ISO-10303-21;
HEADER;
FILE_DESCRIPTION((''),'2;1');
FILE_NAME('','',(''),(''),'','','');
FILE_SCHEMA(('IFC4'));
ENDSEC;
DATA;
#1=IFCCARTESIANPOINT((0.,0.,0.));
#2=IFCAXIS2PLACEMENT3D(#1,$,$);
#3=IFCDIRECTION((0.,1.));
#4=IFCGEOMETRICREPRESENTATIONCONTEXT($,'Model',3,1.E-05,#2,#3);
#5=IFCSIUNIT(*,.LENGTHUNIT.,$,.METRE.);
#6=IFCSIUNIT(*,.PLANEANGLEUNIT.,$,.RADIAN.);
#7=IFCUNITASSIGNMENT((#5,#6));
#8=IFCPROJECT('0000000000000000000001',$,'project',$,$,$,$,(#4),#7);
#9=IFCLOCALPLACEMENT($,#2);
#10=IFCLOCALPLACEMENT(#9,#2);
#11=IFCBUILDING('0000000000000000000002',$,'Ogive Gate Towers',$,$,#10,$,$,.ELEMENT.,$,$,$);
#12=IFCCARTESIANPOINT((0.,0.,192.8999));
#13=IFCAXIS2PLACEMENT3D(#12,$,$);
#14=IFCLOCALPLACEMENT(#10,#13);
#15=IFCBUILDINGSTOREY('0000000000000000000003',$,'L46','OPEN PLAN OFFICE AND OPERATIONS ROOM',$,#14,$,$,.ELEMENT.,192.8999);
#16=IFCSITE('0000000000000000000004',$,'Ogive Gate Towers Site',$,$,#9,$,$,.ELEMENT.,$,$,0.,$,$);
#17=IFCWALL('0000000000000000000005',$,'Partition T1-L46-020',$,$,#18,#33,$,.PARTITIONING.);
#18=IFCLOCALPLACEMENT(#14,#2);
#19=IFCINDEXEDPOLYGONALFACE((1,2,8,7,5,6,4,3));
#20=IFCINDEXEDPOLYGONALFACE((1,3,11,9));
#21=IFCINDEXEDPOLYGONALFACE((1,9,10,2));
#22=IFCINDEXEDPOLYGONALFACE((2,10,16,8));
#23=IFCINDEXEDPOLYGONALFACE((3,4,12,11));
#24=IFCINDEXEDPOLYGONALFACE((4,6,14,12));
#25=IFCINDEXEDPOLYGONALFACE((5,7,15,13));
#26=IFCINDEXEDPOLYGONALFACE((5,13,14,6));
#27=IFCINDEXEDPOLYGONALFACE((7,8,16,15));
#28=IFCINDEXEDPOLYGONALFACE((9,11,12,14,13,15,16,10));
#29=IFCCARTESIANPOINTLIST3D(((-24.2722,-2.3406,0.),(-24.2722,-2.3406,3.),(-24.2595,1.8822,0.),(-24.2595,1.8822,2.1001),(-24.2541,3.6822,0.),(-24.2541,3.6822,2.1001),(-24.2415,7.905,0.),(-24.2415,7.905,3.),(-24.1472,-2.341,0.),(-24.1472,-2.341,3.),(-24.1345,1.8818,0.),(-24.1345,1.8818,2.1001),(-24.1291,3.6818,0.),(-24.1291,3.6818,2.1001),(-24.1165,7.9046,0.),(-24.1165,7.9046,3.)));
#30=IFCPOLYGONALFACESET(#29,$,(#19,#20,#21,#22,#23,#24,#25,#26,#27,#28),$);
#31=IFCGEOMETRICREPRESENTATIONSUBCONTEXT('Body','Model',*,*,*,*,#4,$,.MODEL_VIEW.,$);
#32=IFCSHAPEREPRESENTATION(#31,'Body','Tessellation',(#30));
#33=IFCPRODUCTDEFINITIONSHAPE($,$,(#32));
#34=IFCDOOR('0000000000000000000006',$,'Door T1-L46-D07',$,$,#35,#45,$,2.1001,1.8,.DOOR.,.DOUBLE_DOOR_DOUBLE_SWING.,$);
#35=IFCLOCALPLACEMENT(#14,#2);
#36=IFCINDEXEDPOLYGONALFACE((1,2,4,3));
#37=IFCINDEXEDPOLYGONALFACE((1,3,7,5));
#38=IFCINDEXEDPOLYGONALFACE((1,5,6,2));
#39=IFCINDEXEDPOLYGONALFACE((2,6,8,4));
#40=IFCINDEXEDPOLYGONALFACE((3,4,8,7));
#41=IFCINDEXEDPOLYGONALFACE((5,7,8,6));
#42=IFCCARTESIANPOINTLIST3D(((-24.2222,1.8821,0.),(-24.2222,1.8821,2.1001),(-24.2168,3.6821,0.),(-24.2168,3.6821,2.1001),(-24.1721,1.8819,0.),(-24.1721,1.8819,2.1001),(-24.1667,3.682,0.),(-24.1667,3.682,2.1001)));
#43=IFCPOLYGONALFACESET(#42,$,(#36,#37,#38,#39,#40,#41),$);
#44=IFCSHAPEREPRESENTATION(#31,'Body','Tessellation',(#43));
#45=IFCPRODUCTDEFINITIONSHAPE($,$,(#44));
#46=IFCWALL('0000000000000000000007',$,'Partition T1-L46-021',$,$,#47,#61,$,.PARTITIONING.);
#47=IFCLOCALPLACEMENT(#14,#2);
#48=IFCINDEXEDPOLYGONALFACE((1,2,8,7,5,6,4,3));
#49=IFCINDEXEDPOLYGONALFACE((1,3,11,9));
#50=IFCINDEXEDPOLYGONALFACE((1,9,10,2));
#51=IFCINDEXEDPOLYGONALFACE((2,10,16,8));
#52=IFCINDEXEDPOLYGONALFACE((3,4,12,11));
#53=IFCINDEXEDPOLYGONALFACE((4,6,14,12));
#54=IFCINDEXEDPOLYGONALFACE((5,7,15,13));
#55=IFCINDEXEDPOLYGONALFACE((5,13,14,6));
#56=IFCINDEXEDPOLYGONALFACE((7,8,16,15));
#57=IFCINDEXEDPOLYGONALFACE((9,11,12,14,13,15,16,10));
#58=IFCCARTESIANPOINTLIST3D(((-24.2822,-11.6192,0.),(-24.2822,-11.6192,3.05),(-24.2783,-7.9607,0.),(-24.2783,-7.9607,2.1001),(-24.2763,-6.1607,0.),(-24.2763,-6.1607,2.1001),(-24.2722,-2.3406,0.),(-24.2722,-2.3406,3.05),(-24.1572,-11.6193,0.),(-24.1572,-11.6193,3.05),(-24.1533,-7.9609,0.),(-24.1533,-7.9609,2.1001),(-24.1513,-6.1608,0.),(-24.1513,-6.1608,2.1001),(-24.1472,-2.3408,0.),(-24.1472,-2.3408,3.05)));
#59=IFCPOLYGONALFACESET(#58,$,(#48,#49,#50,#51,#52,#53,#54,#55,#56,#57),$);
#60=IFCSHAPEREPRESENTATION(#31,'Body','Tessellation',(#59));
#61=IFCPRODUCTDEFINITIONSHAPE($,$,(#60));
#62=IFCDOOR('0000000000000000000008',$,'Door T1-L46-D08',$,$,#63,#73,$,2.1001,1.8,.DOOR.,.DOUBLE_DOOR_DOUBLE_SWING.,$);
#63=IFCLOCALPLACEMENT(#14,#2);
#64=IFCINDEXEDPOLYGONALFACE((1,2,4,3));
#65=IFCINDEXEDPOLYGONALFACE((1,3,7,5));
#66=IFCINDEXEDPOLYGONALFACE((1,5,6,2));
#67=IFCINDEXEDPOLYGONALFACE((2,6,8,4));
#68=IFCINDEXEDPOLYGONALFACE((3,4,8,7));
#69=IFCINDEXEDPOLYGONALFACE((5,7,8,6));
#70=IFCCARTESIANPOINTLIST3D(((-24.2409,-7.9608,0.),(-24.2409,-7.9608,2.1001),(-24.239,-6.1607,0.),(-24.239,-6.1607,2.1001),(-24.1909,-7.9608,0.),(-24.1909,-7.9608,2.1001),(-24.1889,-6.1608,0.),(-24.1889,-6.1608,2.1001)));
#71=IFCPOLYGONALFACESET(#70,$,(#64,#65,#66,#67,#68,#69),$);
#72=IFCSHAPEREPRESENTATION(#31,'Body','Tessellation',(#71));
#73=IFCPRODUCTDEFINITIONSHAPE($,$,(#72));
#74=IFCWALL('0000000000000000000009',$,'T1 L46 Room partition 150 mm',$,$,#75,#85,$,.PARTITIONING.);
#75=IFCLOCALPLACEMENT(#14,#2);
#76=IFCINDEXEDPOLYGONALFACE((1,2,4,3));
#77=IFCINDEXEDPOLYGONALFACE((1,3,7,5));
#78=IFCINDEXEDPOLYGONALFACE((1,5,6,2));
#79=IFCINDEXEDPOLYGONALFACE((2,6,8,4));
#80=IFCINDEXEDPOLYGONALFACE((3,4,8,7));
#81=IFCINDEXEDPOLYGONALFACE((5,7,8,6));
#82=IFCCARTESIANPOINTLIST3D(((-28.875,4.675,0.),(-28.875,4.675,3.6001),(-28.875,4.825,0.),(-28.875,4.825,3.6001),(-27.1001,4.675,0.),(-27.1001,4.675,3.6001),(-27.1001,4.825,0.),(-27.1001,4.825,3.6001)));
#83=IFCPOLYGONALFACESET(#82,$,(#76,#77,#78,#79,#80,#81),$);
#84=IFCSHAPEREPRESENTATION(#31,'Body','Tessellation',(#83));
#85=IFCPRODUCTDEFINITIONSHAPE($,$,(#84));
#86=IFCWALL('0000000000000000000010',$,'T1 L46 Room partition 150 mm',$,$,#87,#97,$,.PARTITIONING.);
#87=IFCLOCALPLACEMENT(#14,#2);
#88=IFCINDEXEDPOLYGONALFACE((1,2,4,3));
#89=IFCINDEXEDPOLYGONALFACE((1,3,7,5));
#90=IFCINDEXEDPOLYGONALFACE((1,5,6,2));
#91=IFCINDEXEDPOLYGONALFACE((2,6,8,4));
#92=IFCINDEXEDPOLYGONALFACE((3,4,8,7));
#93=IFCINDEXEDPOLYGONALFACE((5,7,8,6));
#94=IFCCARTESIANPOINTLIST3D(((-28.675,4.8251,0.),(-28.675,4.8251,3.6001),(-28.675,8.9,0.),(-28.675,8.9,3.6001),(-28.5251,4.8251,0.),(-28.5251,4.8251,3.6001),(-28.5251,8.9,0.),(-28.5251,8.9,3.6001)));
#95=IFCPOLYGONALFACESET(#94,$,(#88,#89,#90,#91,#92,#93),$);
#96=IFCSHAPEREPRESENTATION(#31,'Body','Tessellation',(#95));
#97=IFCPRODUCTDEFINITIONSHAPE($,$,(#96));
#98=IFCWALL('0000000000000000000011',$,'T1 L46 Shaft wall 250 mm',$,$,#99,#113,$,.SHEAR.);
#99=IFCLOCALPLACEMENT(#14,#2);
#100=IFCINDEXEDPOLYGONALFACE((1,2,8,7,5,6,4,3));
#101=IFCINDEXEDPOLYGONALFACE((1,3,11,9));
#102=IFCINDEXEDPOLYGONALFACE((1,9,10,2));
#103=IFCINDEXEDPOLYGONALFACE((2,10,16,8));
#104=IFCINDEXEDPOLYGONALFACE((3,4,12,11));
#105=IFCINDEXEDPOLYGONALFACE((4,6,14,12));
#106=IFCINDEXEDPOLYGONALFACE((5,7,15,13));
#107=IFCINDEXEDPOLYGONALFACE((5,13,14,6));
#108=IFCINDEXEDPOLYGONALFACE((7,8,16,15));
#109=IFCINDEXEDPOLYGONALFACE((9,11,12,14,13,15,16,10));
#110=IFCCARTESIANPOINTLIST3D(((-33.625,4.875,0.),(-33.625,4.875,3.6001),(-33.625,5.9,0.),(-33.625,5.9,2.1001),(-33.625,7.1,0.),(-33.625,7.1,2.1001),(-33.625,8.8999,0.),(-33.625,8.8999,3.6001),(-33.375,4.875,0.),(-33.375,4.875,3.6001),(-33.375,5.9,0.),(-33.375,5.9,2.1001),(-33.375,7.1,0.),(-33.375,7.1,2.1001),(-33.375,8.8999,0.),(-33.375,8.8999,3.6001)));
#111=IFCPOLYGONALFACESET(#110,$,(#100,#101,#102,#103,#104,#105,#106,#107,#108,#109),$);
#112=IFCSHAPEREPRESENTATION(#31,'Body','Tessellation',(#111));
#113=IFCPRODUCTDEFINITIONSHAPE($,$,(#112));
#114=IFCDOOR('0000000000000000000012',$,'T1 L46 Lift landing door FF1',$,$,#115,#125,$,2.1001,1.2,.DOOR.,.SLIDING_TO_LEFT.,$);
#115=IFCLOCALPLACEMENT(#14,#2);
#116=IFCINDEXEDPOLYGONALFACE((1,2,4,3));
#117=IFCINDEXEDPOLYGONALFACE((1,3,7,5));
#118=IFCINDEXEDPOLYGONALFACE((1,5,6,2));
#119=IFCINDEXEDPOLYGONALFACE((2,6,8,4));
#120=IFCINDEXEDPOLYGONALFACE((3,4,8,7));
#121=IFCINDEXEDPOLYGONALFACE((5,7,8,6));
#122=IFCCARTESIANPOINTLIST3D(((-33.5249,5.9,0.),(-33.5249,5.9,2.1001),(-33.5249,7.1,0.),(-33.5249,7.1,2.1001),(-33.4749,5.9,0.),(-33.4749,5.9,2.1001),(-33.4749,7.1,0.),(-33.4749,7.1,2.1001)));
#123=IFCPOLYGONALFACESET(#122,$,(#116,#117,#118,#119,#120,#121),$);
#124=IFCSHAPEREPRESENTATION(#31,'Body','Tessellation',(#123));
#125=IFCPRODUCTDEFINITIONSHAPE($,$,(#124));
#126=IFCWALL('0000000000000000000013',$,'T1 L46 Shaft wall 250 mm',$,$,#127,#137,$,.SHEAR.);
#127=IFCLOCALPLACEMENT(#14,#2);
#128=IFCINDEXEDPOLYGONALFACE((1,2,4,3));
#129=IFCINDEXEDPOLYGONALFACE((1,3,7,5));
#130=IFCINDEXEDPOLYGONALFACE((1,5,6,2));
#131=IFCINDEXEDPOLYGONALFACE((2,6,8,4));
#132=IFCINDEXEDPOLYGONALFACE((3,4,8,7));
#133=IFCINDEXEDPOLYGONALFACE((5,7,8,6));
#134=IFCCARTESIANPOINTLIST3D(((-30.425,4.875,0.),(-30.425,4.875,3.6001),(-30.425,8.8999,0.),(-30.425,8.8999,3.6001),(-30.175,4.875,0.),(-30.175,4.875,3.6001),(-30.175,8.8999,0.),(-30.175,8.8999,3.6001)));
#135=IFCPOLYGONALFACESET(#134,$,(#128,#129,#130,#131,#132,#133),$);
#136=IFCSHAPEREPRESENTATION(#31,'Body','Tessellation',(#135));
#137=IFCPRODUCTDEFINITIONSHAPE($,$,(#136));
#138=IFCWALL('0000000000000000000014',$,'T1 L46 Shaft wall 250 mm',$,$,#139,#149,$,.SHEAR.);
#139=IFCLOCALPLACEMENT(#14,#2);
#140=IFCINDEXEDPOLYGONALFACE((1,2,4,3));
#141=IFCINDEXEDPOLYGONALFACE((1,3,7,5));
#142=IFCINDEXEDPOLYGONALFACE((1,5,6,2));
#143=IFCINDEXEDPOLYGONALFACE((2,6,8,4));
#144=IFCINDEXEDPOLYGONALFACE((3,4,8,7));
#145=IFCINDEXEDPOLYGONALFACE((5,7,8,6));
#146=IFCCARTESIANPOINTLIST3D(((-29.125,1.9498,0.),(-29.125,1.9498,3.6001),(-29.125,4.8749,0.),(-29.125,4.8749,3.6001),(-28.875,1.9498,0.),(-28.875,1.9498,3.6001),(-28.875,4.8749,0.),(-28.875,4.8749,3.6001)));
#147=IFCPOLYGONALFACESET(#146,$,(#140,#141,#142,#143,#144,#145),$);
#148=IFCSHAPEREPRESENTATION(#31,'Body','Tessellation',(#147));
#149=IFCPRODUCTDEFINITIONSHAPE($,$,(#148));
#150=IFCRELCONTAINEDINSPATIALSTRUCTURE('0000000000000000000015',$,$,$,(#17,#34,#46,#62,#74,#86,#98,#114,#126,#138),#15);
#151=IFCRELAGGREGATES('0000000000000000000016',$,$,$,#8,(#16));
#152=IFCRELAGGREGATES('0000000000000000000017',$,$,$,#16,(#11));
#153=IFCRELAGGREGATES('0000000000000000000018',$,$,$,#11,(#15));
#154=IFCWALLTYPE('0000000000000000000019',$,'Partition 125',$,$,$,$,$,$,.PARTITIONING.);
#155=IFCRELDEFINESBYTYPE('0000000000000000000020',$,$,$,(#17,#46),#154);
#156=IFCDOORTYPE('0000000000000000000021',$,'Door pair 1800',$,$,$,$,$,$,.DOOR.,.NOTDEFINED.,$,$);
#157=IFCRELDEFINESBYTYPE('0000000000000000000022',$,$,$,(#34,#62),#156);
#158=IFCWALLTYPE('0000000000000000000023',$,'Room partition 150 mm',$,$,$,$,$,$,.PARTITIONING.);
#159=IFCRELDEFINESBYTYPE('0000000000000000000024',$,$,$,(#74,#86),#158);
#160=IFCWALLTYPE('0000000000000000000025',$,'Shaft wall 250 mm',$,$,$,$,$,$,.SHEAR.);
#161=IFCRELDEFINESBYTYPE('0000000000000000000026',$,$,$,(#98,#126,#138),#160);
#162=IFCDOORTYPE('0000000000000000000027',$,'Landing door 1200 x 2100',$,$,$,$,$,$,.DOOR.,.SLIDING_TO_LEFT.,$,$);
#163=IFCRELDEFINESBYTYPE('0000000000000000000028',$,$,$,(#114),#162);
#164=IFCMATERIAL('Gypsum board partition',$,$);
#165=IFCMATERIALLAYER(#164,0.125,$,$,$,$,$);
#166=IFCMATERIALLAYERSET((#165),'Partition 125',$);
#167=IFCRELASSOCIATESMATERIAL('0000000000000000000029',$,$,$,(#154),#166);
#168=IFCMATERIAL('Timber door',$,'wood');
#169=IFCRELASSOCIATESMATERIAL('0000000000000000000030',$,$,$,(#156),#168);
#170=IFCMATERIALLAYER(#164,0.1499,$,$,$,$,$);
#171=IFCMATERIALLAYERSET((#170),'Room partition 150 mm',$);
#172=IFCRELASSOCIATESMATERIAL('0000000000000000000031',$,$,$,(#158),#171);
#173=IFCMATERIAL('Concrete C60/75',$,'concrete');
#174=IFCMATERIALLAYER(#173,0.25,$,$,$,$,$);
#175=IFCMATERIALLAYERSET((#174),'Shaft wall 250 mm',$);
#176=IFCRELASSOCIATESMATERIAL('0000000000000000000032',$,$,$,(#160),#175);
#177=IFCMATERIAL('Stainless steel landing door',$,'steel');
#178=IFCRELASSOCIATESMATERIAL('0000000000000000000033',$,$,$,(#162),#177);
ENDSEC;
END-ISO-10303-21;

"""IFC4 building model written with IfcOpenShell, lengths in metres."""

from ifc_helpers import new_model, si_unit, direction, frame, frame_2d, origin, place, context, subcontext, project, spatial, rectangle, extrude, material, layer, layer_set, type_object, element, fill, save


model = new_model("IFC4")

# Units and contexts
model_context = context("Model", 3, precision=1e-05, world=origin(), true_north=direction((0.0, 1.0)))
body_context = subcontext(model_context, "Body", "Model", "MODEL_VIEW")
ifc_project = project(units=[si_unit("LENGTHUNIT", "METRE"), si_unit("PLANEANGLEUNIT", "RADIAN")], contexts=[model_context])

# Site, building, storey
site_placement = place(None, origin())
site = spatial("IfcSite", under=ifc_project, at=site_placement, Name="Ogive Gate Towers Site", CompositionType="ELEMENT", RefElevation=0.0)
building_placement = place(site_placement, origin())
building = spatial("IfcBuilding", under=site, at=building_placement, Name="Ogive Gate Towers", CompositionType="ELEMENT")
storey_placement = place(building_placement, frame((0.0, 0.0, 192.8999)))
storey = spatial("IfcBuildingStorey", under=building, at=storey_placement, Name="L46", Description="OPEN PLAN OFFICE AND OPERATIONS ROOM", CompositionType="ELEMENT", Elevation=192.8999)

# Shared definitions
ifc_material_1 = material(Name="Gypsum board partition")
ifc_layer_1 = layer(ifc_material_1, 0.125)
ifc_layer_set_1 = layer_set([ifc_layer_1], Name="Partition 125")
wall_type_1 = type_object("IfcWallType", Name="Partition 125", PredefinedType="PARTITIONING", material=ifc_layer_set_1)

# Shared definitions
ifc_material_2 = material(Name="Timber door", Category="wood")
door_type_1 = type_object("IfcDoorType", Name="Door pair 1800", OperationType="NOTDEFINED", PredefinedType="DOOR", material=ifc_material_2)

# Walls, openings, doors
wall_1_placement = place(storey_placement, frame((-24.179, 7.9048, 0.0), z_axis=(0.0, 0.0, 1.0), x_axis=(-0.003002, -0.999995, 0.0)))
wall_1 = element("IfcWall", 1, at=wall_1_placement, inside=storey, type_object=wall_type_1, Name="Partition T1-L46-020", PredefinedType="PARTITIONING", context=body_context, shape_type="SweptSolid", body=[
    extrude(rectangle(XDim=10.2456, YDim=0.125, at=frame_2d((5.1228, 0.0))), origin(), (0.0, 0.0, 1.0), 3.0),
])
opening_1_placement = place(wall_1_placement, frame((4.2229, 0.0, 0.0)))
opening_1 = element("IfcOpeningElement", 2, at=opening_1_placement, cuts=wall_1, PredefinedType="OPENING", context=body_context, shape_type="SweptSolid", body=[
    extrude(rectangle(XDim=1.8, YDim=2.1001, at=frame_2d((0.8999, 1.05))), frame((0.0, 0.0725, 0.0), z_axis=(0.0, -1.0, 0.0), x_axis=(1.0, 0.0, 0.0)), (0.0, 0.0, 1.0), 0.145),
])
door_1_placement = place(opening_1_placement, origin())
door_1 = element("IfcDoor", 3, at=door_1_placement, inside=storey, type_object=door_type_1, Name="Door T1-L46-D07", OperationType="DOUBLE_DOOR_DOUBLE_SWING", OverallHeight=2.1001, OverallWidth=1.8, PredefinedType="DOOR", context=body_context, shape_type="SweptSolid", body=[
    extrude(rectangle(XDim=1.8, YDim=2.1001, at=frame_2d((0.8999, 1.05))), frame((0.0, 0.0249, 0.0), z_axis=(0.0, -1.0, 0.0), x_axis=(1.0, 0.0, 0.0)), (0.0, 0.0, 1.0), 0.05),
])
fill(opening_1, door_1)
wall_2_placement = place(storey_placement, frame((-24.2097, -2.3408, 0.0), z_axis=(0.0, 0.0, 1.0), x_axis=(-0.001079, -0.999999, 0.0)))
wall_2 = element("IfcWall", 4, at=wall_2_placement, inside=storey, type_object=wall_type_1, Name="Partition T1-L46-021", PredefinedType="PARTITIONING", context=body_context, shape_type="SweptSolid", body=[
    extrude(rectangle(XDim=9.2786, YDim=0.125, at=frame_2d((4.6392, 0.0))), origin(), (0.0, 0.0, 1.0), 3.05),
])
opening_2_placement = place(wall_2_placement, frame((3.8201, 0.0, 0.0)))
opening_2 = element("IfcOpeningElement", 5, at=opening_2_placement, cuts=wall_2, PredefinedType="OPENING", context=body_context, shape_type="SweptSolid", body=[
    extrude(rectangle(XDim=1.8, YDim=2.1001, at=frame_2d((0.8999, 1.05))), frame((0.0, 0.0725, 0.0), z_axis=(0.0, -1.0, 0.0), x_axis=(1.0, 0.0, 0.0)), (0.0, 0.0, 1.0), 0.145),
])
door_2_placement = place(opening_2_placement, origin())
door_2 = element("IfcDoor", 6, at=door_2_placement, inside=storey, type_object=door_type_1, Name="Door T1-L46-D08", OperationType="DOUBLE_DOOR_DOUBLE_SWING", OverallHeight=2.1001, OverallWidth=1.8, PredefinedType="DOOR", context=body_context, shape_type="SweptSolid", body=[
    extrude(rectangle(XDim=1.8, YDim=2.1001, at=frame_2d((0.8999, 1.05))), frame((0.0, 0.0249, 0.0), z_axis=(0.0, -1.0, 0.0), x_axis=(1.0, 0.0, 0.0)), (0.0, 0.0, 1.0), 0.05),
])
fill(opening_2, door_2)

# Walls
ifc_layer_2 = layer(ifc_material_1, 0.1499)
ifc_layer_set_2 = layer_set([ifc_layer_2], Name="Room partition 150 mm")
wall_type_2 = type_object("IfcWallType", Name="Room partition 150 mm", PredefinedType="PARTITIONING", material=ifc_layer_set_2)
wall_3_placement = place(storey_placement, frame((-28.875, 4.75, 0.0), z_axis=(0.0, 0.0, 1.0), x_axis=(1.0, 0.0, 0.0)))
element("IfcWall", 7, at=wall_3_placement, inside=storey, type_object=wall_type_2, Name="T1 L46 Room partition 150 mm", PredefinedType="PARTITIONING", context=body_context, shape_type="SweptSolid", body=[
    extrude(rectangle(XDim=1.7749, YDim=0.1499, at=frame_2d((0.8875, 0.0))), origin(), (0.0, 0.0, 1.0), 3.6001),
])
wall_4_placement = place(storey_placement, frame((-28.6001, 4.825, 0.0), z_axis=(0.0, 0.0, 1.0), x_axis=(0.0, 1.0, 0.0)))
element("IfcWall", 8, at=wall_4_placement, inside=storey, type_object=wall_type_2, Name="T1 L46 Room partition 150 mm", PredefinedType="PARTITIONING", context=body_context, shape_type="SweptSolid", body=[
    extrude(rectangle(XDim=4.075, YDim=0.1499, at=frame_2d((2.0376, 0.0))), origin(), (0.0, 0.0, 1.0), 3.6001),
])

# Wall, opening, door
ifc_material_3 = material(Name="Concrete C60/75", Category="concrete")
ifc_layer_3 = layer(ifc_material_3, 0.25)
ifc_layer_set_3 = layer_set([ifc_layer_3], Name="Shaft wall 250 mm")
wall_type_3 = type_object("IfcWallType", Name="Shaft wall 250 mm", PredefinedType="SHEAR", material=ifc_layer_set_3)
wall_5_placement = place(storey_placement, frame((-33.5, 4.875, 0.0), z_axis=(0.0, 0.0, 1.0), x_axis=(0.0, 1.0, 0.0)))
wall_5 = element("IfcWall", 9, at=wall_5_placement, inside=storey, type_object=wall_type_3, Name="T1 L46 Shaft wall 250 mm", PredefinedType="SHEAR", context=body_context, shape_type="SweptSolid", body=[
    extrude(rectangle(XDim=4.0249, YDim=0.25, at=frame_2d((2.0125, 0.0))), origin(), (0.0, 0.0, 1.0), 3.6001),
])
opening_3_placement = place(wall_5_placement, frame((1.0249, 0.0, 0.0)))
opening_3 = element("IfcOpeningElement", 10, at=opening_3_placement, cuts=wall_5, PredefinedType="OPENING", context=body_context, shape_type="SweptSolid", body=[
    extrude(rectangle(XDim=1.2, YDim=2.1001, at=frame_2d((0.6001, 1.05))), frame((0.0, 0.135, 0.0), z_axis=(0.0, -1.0, 0.0), x_axis=(1.0, 0.0, 0.0)), (0.0, 0.0, 1.0), 0.27),
])
ifc_material_4 = material(Name="Stainless steel landing door", Category="steel")
door_type_2 = type_object("IfcDoorType", Name="Landing door 1200 x 2100", OperationType="SLIDING_TO_LEFT", PredefinedType="DOOR", material=ifc_material_4)
door_3_placement = place(opening_3_placement, origin())
door_3 = element("IfcDoor", 11, at=door_3_placement, inside=storey, type_object=door_type_2, Name="T1 L46 Lift landing door FF1", OperationType="SLIDING_TO_LEFT", OverallHeight=2.1001, OverallWidth=1.2, PredefinedType="DOOR", context=body_context, shape_type="SweptSolid", body=[
    extrude(rectangle(XDim=1.2, YDim=2.1001, at=frame_2d((0.6001, 1.05))), frame((0.0, 0.0249, 0.0), z_axis=(0.0, -1.0, 0.0), x_axis=(1.0, 0.0, 0.0)), (0.0, 0.0, 1.0), 0.05),
])
fill(opening_3, door_3)

# Walls
wall_6_placement = place(storey_placement, frame((-30.3, 4.875, 0.0), z_axis=(0.0, 0.0, 1.0), x_axis=(0.0, 1.0, 0.0)))
element("IfcWall", 12, at=wall_6_placement, inside=storey, type_object=wall_type_3, Name="T1 L46 Shaft wall 250 mm", PredefinedType="SHEAR", context=body_context, shape_type="SweptSolid", body=[
    extrude(rectangle(XDim=4.0249, YDim=0.25, at=frame_2d((2.0125, 0.0))), origin(), (0.0, 0.0, 1.0), 3.6001),
])
wall_7_placement = place(storey_placement, frame((-29.0, 1.95, 0.0), z_axis=(0.0, 0.0, 1.0), x_axis=(0.0, 1.0, 0.0)))
element("IfcWall", 13, at=wall_7_placement, inside=storey, type_object=wall_type_3, Name="T1 L46 Shaft wall 250 mm", PredefinedType="SHEAR", context=body_context, shape_type="SweptSolid", body=[
    extrude(rectangle(XDim=2.925, YDim=0.25, at=frame_2d((1.4624, 0.0))), origin(), (0.0, 0.0, 1.0), 3.6001),
])

save(model, "model.ifc")
